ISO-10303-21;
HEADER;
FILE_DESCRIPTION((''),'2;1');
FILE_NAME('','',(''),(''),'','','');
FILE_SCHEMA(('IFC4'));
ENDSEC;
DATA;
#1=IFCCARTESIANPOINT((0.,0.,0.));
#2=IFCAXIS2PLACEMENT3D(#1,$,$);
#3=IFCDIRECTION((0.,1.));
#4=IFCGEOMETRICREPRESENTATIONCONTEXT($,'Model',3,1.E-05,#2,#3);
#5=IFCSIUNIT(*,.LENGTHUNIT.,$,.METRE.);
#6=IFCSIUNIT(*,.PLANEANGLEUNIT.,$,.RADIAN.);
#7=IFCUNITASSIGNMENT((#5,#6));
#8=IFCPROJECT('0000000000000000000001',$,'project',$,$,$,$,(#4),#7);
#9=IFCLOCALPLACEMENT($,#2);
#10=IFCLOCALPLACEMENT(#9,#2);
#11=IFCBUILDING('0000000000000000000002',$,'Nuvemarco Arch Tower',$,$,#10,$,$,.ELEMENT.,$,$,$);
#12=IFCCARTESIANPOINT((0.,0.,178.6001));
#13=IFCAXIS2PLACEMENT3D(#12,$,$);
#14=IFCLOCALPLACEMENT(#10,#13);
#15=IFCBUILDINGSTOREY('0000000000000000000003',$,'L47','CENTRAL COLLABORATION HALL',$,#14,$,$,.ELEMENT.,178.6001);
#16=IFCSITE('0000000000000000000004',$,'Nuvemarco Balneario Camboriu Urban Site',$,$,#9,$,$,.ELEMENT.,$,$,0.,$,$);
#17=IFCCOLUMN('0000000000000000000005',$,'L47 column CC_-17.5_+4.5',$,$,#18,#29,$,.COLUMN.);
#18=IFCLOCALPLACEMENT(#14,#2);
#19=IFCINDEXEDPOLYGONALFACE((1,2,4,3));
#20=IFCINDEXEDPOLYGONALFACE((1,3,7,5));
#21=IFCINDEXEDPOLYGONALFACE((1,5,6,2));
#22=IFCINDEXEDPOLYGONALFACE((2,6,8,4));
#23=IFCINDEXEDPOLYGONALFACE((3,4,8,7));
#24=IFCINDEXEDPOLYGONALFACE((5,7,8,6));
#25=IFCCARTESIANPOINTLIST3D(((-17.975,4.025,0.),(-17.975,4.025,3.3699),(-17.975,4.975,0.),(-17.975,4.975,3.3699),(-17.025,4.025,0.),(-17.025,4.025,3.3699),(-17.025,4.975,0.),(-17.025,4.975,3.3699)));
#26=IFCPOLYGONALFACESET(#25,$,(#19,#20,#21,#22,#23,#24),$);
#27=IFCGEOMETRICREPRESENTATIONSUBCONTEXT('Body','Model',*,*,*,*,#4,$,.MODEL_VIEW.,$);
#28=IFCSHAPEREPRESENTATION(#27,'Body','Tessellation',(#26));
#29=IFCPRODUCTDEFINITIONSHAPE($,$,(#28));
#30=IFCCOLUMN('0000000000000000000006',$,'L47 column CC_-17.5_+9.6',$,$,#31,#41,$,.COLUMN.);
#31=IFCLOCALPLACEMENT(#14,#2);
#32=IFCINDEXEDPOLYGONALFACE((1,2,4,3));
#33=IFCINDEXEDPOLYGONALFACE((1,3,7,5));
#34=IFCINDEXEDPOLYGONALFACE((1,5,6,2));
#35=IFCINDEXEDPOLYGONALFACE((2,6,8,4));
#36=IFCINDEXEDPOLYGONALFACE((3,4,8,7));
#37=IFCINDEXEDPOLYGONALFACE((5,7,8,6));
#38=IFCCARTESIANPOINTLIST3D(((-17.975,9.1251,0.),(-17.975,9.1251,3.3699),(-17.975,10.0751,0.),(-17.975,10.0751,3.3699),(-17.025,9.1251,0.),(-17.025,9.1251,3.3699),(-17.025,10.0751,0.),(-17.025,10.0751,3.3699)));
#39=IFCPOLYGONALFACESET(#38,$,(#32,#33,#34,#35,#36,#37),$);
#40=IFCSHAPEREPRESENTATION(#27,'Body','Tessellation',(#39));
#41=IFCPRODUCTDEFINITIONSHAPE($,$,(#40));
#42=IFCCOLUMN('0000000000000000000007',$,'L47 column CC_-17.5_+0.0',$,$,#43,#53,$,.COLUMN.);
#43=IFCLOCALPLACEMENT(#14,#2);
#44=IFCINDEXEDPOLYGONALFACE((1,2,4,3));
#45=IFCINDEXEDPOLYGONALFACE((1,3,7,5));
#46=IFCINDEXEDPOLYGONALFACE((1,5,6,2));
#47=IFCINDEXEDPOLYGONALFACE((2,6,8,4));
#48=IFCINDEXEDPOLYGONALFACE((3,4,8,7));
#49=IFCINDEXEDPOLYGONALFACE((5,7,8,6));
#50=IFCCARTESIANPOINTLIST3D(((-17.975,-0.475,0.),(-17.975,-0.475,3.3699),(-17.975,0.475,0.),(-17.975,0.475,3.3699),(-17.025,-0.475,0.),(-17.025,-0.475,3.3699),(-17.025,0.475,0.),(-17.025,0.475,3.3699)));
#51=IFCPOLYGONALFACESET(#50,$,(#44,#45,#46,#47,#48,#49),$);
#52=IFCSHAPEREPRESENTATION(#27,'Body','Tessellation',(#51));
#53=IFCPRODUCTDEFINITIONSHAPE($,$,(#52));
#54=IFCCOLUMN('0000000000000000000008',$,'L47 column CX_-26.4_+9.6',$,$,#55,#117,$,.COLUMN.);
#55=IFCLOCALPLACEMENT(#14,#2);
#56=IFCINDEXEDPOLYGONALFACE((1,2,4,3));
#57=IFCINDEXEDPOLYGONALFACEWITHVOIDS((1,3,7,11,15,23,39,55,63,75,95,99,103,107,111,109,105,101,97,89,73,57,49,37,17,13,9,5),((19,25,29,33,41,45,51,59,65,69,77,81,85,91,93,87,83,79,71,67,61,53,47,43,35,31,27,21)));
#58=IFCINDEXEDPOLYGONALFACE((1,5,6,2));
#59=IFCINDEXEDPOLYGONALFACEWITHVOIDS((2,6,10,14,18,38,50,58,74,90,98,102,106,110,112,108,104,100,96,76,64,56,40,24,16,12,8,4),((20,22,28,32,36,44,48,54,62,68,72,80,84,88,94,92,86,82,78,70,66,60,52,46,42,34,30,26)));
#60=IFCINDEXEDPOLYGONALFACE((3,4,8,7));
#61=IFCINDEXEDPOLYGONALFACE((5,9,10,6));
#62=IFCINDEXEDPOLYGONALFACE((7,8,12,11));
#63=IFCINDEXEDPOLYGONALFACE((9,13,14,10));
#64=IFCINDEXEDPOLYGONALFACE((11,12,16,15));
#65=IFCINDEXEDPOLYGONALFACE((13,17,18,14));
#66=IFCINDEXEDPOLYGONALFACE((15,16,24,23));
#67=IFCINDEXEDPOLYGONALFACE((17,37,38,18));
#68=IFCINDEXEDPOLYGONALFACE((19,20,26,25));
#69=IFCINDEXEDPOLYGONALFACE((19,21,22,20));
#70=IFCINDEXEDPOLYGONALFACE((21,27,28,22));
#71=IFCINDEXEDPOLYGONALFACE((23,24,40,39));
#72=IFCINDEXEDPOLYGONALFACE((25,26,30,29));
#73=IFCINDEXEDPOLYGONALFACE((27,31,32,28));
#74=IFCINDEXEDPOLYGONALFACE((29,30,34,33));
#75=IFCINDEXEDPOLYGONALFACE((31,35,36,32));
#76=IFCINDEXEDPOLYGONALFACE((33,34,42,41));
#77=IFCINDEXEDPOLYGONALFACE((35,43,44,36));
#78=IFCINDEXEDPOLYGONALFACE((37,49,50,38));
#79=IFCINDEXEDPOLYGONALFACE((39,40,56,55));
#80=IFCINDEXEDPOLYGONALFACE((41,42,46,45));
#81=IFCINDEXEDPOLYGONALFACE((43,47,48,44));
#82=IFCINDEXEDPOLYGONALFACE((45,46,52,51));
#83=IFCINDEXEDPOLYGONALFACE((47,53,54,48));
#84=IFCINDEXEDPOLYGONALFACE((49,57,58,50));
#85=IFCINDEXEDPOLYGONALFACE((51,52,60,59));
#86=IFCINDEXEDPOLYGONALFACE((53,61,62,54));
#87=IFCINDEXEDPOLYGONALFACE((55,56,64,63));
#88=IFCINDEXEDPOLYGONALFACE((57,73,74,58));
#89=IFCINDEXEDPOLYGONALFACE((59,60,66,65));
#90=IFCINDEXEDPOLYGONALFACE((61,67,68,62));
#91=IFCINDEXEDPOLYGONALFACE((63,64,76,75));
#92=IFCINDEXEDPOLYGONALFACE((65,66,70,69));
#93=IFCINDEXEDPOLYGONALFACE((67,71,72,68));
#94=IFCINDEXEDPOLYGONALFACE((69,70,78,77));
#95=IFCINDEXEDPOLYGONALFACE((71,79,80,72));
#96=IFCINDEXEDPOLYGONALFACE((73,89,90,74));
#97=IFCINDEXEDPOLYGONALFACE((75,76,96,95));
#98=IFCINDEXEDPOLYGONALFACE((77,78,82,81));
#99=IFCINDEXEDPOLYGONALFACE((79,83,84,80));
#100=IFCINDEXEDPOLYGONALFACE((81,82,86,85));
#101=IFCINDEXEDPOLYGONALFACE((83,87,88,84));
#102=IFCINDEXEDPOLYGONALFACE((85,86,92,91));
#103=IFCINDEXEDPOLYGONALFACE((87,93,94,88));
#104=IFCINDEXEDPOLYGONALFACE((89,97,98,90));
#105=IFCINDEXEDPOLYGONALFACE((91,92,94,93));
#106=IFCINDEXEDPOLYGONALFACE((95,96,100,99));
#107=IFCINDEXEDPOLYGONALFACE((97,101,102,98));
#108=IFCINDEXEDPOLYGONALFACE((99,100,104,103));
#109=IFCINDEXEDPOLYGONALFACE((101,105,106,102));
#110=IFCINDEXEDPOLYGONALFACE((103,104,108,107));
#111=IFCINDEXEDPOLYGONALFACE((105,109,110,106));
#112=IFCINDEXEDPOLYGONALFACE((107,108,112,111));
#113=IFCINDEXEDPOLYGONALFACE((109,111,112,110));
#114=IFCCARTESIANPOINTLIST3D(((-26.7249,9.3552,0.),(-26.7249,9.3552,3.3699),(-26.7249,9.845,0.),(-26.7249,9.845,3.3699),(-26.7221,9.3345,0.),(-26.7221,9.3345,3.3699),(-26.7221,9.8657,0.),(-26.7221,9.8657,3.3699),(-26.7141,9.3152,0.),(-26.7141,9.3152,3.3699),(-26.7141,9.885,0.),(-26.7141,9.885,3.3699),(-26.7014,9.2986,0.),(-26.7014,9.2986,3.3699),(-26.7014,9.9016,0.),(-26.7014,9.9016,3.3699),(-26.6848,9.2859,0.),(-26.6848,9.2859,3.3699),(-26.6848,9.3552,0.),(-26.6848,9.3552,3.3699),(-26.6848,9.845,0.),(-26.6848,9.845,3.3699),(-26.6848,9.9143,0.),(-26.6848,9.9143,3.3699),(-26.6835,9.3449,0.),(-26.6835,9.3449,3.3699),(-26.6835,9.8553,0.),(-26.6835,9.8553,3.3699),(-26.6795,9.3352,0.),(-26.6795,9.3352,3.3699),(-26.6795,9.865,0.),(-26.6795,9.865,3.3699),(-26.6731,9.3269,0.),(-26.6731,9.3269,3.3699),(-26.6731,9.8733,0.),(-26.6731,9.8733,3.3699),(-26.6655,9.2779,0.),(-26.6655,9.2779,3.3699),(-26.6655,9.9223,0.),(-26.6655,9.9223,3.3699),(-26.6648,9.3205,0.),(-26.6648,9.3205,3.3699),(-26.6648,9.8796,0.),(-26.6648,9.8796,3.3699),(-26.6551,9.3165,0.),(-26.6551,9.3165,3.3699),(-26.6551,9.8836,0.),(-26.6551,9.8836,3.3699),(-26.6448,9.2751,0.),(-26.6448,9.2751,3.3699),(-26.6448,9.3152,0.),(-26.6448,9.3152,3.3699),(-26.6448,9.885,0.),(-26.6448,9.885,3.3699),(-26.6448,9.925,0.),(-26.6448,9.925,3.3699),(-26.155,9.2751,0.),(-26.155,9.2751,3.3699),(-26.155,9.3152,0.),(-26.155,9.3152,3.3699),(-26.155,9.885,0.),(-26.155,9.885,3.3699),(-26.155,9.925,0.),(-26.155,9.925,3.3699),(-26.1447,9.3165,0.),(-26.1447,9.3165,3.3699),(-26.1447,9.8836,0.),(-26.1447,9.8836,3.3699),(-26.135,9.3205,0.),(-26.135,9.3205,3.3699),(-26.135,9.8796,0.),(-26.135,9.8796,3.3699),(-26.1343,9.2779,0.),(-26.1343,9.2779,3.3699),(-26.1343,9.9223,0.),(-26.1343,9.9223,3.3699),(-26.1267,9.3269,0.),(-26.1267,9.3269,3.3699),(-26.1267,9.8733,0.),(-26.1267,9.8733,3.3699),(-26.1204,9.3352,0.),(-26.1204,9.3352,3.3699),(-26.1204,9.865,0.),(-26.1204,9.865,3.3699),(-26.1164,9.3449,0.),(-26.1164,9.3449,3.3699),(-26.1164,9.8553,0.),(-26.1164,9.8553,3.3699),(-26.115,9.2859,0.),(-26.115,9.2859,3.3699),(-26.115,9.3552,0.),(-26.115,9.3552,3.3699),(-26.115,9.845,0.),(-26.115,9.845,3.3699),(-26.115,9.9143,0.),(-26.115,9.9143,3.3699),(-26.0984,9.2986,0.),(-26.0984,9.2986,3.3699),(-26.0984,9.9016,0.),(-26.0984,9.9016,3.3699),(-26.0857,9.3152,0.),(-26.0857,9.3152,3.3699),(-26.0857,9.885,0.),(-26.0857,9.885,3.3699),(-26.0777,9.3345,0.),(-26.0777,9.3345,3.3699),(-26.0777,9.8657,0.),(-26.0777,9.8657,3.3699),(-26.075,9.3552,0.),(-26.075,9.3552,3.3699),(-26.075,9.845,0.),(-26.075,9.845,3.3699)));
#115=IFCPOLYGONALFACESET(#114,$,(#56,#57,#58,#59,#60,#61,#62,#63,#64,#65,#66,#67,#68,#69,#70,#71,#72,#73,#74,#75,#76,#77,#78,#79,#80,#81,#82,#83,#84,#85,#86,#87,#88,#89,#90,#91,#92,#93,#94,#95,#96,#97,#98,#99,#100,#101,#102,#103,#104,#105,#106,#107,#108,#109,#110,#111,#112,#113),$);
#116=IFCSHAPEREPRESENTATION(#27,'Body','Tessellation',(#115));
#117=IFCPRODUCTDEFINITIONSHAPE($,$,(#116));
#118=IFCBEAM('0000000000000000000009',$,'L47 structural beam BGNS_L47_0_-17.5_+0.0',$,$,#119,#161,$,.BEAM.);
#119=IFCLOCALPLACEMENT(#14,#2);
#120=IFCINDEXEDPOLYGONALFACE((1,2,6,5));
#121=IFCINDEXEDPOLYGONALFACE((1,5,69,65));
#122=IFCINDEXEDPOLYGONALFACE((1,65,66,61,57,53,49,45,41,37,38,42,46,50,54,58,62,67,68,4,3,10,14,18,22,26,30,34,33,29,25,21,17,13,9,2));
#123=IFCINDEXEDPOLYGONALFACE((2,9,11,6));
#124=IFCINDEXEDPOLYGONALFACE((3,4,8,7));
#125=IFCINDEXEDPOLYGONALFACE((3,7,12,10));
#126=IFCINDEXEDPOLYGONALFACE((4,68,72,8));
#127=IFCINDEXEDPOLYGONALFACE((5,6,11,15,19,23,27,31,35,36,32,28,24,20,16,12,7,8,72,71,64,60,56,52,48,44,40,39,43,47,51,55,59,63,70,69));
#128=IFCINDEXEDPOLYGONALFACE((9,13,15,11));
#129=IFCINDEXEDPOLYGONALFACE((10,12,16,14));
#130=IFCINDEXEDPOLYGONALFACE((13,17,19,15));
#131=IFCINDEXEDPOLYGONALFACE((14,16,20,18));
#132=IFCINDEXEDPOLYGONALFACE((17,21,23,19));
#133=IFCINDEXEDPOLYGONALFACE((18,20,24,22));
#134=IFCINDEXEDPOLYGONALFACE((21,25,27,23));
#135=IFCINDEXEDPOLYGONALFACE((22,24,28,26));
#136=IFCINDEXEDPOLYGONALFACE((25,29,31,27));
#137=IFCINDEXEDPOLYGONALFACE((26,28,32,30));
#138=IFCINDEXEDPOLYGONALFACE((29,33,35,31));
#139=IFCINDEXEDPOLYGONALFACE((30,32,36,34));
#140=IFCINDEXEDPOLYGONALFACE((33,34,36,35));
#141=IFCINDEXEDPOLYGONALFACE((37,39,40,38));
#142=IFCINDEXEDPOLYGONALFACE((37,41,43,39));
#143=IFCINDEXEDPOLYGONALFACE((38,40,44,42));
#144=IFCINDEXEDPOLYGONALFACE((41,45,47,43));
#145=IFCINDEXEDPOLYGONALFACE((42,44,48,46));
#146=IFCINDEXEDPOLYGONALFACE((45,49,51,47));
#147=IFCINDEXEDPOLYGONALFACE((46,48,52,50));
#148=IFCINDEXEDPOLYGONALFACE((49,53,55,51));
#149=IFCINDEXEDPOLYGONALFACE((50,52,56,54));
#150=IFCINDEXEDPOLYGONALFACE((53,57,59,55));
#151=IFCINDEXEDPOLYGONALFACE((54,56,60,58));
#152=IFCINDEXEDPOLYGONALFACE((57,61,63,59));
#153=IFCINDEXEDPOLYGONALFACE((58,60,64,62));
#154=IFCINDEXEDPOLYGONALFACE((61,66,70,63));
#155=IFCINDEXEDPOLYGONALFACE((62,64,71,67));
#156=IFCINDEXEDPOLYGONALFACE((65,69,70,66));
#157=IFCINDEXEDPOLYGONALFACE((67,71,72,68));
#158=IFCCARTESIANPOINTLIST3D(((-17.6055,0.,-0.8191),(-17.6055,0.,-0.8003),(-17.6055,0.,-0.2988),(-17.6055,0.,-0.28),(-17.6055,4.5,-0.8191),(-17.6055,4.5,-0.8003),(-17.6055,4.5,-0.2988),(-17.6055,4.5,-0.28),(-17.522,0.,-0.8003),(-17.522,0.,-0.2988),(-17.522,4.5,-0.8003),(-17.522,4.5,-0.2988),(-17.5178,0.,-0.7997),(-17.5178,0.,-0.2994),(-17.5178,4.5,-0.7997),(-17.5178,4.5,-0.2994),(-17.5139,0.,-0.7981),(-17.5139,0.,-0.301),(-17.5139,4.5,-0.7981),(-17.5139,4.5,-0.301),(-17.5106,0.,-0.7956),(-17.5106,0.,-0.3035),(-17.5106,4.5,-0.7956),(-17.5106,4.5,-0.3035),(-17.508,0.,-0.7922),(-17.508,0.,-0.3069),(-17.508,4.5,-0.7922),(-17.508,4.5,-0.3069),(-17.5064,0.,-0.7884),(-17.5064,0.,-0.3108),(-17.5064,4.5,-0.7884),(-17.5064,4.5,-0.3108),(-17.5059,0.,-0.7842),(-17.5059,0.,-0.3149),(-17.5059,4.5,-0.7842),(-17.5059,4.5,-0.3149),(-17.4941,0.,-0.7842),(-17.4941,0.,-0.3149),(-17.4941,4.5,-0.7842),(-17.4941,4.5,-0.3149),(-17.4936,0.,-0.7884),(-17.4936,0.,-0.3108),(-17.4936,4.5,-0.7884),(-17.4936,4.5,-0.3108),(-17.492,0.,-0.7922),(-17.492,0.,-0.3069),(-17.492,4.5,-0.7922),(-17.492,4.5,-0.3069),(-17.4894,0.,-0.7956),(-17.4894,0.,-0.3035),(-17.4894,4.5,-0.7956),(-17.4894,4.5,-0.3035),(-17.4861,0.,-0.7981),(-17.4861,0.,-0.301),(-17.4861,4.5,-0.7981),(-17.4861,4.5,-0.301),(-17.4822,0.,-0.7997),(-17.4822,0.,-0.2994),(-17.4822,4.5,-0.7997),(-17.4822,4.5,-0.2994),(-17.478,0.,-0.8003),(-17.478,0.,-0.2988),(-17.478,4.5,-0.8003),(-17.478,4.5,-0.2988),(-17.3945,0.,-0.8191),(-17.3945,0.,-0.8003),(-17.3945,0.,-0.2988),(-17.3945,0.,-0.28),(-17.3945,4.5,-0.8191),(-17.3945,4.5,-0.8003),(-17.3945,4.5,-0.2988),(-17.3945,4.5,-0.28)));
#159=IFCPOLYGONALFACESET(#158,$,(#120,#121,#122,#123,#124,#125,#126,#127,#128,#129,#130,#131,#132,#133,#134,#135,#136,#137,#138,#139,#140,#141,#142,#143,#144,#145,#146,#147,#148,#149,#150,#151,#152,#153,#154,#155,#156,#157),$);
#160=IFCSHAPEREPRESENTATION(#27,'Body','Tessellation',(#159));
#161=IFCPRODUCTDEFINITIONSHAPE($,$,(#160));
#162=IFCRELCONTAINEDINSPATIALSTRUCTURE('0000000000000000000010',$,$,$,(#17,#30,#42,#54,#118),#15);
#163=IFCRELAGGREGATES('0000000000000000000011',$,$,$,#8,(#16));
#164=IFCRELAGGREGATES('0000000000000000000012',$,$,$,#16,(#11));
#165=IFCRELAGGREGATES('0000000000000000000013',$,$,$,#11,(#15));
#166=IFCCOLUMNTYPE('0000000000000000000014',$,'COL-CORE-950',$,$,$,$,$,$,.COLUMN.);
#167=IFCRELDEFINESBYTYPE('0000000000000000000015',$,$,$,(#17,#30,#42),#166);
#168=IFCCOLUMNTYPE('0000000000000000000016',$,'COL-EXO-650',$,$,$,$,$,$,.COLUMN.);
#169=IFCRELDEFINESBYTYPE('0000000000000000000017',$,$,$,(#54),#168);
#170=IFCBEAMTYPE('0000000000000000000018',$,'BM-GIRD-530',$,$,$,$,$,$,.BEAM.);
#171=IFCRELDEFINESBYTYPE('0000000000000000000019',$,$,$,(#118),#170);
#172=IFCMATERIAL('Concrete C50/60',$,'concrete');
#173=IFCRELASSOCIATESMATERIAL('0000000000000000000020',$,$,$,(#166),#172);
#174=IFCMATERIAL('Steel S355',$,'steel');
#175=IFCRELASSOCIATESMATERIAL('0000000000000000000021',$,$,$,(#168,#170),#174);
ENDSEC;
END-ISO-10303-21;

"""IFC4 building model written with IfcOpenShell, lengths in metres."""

from ifc_helpers import new_model, si_unit, direction, frame, origin, origin_2d, place, context, subcontext, project, spatial, rectangle, hollow_rectangle, i_section, extrude, material, material_profile, profile_set, type_object, element, save


model = new_model("IFC4")

# Units and contexts
model_context = context("Model", 3, precision=1e-05, world=origin(), true_north=direction((0.0, 1.0)))
body_context = subcontext(model_context, "Body", "Model", "MODEL_VIEW")
ifc_project = project(units=[si_unit("LENGTHUNIT", "METRE"), si_unit("PLANEANGLEUNIT", "RADIAN")], contexts=[model_context])

# Site, building, storey
site_placement = place(None, origin())
site = spatial("IfcSite", under=ifc_project, at=site_placement, Name="Nuvemarco Balneario Camboriu Urban Site", CompositionType="ELEMENT", RefElevation=0.0)
building_placement = place(site_placement, origin())
building = spatial("IfcBuilding", under=site, at=building_placement, Name="Nuvemarco Arch Tower", CompositionType="ELEMENT")
storey_placement = place(building_placement, frame((0.0, 0.0, 178.6001)))
storey = spatial("IfcBuildingStorey", under=building, at=storey_placement, Name="L47", Description="CENTRAL COLLABORATION HALL", CompositionType="ELEMENT", Elevation=178.6001)

# Columns
ifc_material_1 = material(Name="Concrete C50/60", Category="concrete")
ifc_material_profile_1 = material_profile(ifc_material_1, rectangle(XDim=0.95, YDim=0.95, at=origin_2d()), Name="RC-COL-950x950")
ifc_profile_set_1 = profile_set([ifc_material_profile_1], Name="Concrete C50/60")
column_type_1 = type_object("IfcColumnType", Name="COL-CORE-950", PredefinedType="COLUMN", material=ifc_profile_set_1)
for number, where, z_axis, x_axis, name in (
    (1, (-17.5, 4.5, 0.0), (0.0, 0.0, 1.0), (1.0, 0.0, 0.0), "L47 column CC_-17.5_+4.5"),
    (2, (-17.5, 9.6001, 0.0), (0.0, 0.0, 1.0), (1.0, 0.0, 0.0), "L47 column CC_-17.5_+9.6"),
    (3, (-17.5, 0.0, 0.0), (0.0, 0.0, 1.0), (1.0, 0.0, 0.0), "L47 column CC_-17.5_+0.0"),
):
    element("IfcColumn", number, at=place(storey_placement, frame(where, z_axis=z_axis, x_axis=x_axis)), inside=storey, type_object=column_type_1, Name=name, PredefinedType="COLUMN", context=body_context, shape_type="SweptSolid", body=[
        extrude(rectangle(XDim=0.95, YDim=0.95, at=origin_2d()), origin(), (0.0, 0.0, 1.0), 3.3699),
    ])
ifc_material_2 = material(Name="Steel S355", Category="steel")
ifc_material_profile_2 = material_profile(ifc_material_2, hollow_rectangle(XDim=0.6499, YDim=0.6499, WallThickness=0.04, InnerFilletRadius=0.04, OuterFilletRadius=0.0801, at=origin_2d()), Name="SHS650x650x40")
ifc_profile_set_2 = profile_set([ifc_material_profile_2], Name="Steel S355")
column_type_2 = type_object("IfcColumnType", Name="COL-EXO-650", PredefinedType="COLUMN", material=ifc_profile_set_2)
column_placement = place(storey_placement, frame((-26.3999, 9.6001, 0.0), z_axis=(0.0, 0.0, 1.0), x_axis=(1.0, 0.0, 0.0)))
element("IfcColumn", 4, at=column_placement, inside=storey, type_object=column_type_2, Name="L47 column CX_-26.4_+9.6", PredefinedType="COLUMN", context=body_context, shape_type="SweptSolid", body=[
    extrude(hollow_rectangle(XDim=0.6499, YDim=0.6499, WallThickness=0.04, InnerFilletRadius=0.04, OuterFilletRadius=0.0801, at=origin_2d()), origin(), (0.0, 0.0, 1.0), 3.3699),
])

# Beam
ifc_material_profile_3 = material_profile(ifc_material_2, i_section(OverallWidth=0.2109, OverallDepth=0.5391, WebThickness=0.0117, FlangeThickness=0.0188, FilletRadius=0.0161, at=origin_2d()), Name="W530x109")
ifc_profile_set_3 = profile_set([ifc_material_profile_3], Name="Steel S355")
beam_type_1 = type_object("IfcBeamType", Name="BM-GIRD-530", PredefinedType="BEAM", material=ifc_profile_set_3)
beam_1_placement = place(storey_placement, frame((-17.5, 0.0, -0.5496), z_axis=(0.0, 1.0, 0.0), x_axis=(-1.0, 0.0, 0.0)))
element("IfcBeam", 5, at=beam_1_placement, inside=storey, type_object=beam_type_1, Name="L47 structural beam BGNS_L47_0_-17.5_+0.0", PredefinedType="BEAM", context=body_context, shape_type="SweptSolid", body=[
    extrude(i_section(OverallWidth=0.2109, OverallDepth=0.5391, WebThickness=0.0117, FlangeThickness=0.0188, FilletRadius=0.0161, at=origin_2d()), origin(), (0.0, 0.0, 1.0), 4.5),
])

save(model, "model.ifc")
